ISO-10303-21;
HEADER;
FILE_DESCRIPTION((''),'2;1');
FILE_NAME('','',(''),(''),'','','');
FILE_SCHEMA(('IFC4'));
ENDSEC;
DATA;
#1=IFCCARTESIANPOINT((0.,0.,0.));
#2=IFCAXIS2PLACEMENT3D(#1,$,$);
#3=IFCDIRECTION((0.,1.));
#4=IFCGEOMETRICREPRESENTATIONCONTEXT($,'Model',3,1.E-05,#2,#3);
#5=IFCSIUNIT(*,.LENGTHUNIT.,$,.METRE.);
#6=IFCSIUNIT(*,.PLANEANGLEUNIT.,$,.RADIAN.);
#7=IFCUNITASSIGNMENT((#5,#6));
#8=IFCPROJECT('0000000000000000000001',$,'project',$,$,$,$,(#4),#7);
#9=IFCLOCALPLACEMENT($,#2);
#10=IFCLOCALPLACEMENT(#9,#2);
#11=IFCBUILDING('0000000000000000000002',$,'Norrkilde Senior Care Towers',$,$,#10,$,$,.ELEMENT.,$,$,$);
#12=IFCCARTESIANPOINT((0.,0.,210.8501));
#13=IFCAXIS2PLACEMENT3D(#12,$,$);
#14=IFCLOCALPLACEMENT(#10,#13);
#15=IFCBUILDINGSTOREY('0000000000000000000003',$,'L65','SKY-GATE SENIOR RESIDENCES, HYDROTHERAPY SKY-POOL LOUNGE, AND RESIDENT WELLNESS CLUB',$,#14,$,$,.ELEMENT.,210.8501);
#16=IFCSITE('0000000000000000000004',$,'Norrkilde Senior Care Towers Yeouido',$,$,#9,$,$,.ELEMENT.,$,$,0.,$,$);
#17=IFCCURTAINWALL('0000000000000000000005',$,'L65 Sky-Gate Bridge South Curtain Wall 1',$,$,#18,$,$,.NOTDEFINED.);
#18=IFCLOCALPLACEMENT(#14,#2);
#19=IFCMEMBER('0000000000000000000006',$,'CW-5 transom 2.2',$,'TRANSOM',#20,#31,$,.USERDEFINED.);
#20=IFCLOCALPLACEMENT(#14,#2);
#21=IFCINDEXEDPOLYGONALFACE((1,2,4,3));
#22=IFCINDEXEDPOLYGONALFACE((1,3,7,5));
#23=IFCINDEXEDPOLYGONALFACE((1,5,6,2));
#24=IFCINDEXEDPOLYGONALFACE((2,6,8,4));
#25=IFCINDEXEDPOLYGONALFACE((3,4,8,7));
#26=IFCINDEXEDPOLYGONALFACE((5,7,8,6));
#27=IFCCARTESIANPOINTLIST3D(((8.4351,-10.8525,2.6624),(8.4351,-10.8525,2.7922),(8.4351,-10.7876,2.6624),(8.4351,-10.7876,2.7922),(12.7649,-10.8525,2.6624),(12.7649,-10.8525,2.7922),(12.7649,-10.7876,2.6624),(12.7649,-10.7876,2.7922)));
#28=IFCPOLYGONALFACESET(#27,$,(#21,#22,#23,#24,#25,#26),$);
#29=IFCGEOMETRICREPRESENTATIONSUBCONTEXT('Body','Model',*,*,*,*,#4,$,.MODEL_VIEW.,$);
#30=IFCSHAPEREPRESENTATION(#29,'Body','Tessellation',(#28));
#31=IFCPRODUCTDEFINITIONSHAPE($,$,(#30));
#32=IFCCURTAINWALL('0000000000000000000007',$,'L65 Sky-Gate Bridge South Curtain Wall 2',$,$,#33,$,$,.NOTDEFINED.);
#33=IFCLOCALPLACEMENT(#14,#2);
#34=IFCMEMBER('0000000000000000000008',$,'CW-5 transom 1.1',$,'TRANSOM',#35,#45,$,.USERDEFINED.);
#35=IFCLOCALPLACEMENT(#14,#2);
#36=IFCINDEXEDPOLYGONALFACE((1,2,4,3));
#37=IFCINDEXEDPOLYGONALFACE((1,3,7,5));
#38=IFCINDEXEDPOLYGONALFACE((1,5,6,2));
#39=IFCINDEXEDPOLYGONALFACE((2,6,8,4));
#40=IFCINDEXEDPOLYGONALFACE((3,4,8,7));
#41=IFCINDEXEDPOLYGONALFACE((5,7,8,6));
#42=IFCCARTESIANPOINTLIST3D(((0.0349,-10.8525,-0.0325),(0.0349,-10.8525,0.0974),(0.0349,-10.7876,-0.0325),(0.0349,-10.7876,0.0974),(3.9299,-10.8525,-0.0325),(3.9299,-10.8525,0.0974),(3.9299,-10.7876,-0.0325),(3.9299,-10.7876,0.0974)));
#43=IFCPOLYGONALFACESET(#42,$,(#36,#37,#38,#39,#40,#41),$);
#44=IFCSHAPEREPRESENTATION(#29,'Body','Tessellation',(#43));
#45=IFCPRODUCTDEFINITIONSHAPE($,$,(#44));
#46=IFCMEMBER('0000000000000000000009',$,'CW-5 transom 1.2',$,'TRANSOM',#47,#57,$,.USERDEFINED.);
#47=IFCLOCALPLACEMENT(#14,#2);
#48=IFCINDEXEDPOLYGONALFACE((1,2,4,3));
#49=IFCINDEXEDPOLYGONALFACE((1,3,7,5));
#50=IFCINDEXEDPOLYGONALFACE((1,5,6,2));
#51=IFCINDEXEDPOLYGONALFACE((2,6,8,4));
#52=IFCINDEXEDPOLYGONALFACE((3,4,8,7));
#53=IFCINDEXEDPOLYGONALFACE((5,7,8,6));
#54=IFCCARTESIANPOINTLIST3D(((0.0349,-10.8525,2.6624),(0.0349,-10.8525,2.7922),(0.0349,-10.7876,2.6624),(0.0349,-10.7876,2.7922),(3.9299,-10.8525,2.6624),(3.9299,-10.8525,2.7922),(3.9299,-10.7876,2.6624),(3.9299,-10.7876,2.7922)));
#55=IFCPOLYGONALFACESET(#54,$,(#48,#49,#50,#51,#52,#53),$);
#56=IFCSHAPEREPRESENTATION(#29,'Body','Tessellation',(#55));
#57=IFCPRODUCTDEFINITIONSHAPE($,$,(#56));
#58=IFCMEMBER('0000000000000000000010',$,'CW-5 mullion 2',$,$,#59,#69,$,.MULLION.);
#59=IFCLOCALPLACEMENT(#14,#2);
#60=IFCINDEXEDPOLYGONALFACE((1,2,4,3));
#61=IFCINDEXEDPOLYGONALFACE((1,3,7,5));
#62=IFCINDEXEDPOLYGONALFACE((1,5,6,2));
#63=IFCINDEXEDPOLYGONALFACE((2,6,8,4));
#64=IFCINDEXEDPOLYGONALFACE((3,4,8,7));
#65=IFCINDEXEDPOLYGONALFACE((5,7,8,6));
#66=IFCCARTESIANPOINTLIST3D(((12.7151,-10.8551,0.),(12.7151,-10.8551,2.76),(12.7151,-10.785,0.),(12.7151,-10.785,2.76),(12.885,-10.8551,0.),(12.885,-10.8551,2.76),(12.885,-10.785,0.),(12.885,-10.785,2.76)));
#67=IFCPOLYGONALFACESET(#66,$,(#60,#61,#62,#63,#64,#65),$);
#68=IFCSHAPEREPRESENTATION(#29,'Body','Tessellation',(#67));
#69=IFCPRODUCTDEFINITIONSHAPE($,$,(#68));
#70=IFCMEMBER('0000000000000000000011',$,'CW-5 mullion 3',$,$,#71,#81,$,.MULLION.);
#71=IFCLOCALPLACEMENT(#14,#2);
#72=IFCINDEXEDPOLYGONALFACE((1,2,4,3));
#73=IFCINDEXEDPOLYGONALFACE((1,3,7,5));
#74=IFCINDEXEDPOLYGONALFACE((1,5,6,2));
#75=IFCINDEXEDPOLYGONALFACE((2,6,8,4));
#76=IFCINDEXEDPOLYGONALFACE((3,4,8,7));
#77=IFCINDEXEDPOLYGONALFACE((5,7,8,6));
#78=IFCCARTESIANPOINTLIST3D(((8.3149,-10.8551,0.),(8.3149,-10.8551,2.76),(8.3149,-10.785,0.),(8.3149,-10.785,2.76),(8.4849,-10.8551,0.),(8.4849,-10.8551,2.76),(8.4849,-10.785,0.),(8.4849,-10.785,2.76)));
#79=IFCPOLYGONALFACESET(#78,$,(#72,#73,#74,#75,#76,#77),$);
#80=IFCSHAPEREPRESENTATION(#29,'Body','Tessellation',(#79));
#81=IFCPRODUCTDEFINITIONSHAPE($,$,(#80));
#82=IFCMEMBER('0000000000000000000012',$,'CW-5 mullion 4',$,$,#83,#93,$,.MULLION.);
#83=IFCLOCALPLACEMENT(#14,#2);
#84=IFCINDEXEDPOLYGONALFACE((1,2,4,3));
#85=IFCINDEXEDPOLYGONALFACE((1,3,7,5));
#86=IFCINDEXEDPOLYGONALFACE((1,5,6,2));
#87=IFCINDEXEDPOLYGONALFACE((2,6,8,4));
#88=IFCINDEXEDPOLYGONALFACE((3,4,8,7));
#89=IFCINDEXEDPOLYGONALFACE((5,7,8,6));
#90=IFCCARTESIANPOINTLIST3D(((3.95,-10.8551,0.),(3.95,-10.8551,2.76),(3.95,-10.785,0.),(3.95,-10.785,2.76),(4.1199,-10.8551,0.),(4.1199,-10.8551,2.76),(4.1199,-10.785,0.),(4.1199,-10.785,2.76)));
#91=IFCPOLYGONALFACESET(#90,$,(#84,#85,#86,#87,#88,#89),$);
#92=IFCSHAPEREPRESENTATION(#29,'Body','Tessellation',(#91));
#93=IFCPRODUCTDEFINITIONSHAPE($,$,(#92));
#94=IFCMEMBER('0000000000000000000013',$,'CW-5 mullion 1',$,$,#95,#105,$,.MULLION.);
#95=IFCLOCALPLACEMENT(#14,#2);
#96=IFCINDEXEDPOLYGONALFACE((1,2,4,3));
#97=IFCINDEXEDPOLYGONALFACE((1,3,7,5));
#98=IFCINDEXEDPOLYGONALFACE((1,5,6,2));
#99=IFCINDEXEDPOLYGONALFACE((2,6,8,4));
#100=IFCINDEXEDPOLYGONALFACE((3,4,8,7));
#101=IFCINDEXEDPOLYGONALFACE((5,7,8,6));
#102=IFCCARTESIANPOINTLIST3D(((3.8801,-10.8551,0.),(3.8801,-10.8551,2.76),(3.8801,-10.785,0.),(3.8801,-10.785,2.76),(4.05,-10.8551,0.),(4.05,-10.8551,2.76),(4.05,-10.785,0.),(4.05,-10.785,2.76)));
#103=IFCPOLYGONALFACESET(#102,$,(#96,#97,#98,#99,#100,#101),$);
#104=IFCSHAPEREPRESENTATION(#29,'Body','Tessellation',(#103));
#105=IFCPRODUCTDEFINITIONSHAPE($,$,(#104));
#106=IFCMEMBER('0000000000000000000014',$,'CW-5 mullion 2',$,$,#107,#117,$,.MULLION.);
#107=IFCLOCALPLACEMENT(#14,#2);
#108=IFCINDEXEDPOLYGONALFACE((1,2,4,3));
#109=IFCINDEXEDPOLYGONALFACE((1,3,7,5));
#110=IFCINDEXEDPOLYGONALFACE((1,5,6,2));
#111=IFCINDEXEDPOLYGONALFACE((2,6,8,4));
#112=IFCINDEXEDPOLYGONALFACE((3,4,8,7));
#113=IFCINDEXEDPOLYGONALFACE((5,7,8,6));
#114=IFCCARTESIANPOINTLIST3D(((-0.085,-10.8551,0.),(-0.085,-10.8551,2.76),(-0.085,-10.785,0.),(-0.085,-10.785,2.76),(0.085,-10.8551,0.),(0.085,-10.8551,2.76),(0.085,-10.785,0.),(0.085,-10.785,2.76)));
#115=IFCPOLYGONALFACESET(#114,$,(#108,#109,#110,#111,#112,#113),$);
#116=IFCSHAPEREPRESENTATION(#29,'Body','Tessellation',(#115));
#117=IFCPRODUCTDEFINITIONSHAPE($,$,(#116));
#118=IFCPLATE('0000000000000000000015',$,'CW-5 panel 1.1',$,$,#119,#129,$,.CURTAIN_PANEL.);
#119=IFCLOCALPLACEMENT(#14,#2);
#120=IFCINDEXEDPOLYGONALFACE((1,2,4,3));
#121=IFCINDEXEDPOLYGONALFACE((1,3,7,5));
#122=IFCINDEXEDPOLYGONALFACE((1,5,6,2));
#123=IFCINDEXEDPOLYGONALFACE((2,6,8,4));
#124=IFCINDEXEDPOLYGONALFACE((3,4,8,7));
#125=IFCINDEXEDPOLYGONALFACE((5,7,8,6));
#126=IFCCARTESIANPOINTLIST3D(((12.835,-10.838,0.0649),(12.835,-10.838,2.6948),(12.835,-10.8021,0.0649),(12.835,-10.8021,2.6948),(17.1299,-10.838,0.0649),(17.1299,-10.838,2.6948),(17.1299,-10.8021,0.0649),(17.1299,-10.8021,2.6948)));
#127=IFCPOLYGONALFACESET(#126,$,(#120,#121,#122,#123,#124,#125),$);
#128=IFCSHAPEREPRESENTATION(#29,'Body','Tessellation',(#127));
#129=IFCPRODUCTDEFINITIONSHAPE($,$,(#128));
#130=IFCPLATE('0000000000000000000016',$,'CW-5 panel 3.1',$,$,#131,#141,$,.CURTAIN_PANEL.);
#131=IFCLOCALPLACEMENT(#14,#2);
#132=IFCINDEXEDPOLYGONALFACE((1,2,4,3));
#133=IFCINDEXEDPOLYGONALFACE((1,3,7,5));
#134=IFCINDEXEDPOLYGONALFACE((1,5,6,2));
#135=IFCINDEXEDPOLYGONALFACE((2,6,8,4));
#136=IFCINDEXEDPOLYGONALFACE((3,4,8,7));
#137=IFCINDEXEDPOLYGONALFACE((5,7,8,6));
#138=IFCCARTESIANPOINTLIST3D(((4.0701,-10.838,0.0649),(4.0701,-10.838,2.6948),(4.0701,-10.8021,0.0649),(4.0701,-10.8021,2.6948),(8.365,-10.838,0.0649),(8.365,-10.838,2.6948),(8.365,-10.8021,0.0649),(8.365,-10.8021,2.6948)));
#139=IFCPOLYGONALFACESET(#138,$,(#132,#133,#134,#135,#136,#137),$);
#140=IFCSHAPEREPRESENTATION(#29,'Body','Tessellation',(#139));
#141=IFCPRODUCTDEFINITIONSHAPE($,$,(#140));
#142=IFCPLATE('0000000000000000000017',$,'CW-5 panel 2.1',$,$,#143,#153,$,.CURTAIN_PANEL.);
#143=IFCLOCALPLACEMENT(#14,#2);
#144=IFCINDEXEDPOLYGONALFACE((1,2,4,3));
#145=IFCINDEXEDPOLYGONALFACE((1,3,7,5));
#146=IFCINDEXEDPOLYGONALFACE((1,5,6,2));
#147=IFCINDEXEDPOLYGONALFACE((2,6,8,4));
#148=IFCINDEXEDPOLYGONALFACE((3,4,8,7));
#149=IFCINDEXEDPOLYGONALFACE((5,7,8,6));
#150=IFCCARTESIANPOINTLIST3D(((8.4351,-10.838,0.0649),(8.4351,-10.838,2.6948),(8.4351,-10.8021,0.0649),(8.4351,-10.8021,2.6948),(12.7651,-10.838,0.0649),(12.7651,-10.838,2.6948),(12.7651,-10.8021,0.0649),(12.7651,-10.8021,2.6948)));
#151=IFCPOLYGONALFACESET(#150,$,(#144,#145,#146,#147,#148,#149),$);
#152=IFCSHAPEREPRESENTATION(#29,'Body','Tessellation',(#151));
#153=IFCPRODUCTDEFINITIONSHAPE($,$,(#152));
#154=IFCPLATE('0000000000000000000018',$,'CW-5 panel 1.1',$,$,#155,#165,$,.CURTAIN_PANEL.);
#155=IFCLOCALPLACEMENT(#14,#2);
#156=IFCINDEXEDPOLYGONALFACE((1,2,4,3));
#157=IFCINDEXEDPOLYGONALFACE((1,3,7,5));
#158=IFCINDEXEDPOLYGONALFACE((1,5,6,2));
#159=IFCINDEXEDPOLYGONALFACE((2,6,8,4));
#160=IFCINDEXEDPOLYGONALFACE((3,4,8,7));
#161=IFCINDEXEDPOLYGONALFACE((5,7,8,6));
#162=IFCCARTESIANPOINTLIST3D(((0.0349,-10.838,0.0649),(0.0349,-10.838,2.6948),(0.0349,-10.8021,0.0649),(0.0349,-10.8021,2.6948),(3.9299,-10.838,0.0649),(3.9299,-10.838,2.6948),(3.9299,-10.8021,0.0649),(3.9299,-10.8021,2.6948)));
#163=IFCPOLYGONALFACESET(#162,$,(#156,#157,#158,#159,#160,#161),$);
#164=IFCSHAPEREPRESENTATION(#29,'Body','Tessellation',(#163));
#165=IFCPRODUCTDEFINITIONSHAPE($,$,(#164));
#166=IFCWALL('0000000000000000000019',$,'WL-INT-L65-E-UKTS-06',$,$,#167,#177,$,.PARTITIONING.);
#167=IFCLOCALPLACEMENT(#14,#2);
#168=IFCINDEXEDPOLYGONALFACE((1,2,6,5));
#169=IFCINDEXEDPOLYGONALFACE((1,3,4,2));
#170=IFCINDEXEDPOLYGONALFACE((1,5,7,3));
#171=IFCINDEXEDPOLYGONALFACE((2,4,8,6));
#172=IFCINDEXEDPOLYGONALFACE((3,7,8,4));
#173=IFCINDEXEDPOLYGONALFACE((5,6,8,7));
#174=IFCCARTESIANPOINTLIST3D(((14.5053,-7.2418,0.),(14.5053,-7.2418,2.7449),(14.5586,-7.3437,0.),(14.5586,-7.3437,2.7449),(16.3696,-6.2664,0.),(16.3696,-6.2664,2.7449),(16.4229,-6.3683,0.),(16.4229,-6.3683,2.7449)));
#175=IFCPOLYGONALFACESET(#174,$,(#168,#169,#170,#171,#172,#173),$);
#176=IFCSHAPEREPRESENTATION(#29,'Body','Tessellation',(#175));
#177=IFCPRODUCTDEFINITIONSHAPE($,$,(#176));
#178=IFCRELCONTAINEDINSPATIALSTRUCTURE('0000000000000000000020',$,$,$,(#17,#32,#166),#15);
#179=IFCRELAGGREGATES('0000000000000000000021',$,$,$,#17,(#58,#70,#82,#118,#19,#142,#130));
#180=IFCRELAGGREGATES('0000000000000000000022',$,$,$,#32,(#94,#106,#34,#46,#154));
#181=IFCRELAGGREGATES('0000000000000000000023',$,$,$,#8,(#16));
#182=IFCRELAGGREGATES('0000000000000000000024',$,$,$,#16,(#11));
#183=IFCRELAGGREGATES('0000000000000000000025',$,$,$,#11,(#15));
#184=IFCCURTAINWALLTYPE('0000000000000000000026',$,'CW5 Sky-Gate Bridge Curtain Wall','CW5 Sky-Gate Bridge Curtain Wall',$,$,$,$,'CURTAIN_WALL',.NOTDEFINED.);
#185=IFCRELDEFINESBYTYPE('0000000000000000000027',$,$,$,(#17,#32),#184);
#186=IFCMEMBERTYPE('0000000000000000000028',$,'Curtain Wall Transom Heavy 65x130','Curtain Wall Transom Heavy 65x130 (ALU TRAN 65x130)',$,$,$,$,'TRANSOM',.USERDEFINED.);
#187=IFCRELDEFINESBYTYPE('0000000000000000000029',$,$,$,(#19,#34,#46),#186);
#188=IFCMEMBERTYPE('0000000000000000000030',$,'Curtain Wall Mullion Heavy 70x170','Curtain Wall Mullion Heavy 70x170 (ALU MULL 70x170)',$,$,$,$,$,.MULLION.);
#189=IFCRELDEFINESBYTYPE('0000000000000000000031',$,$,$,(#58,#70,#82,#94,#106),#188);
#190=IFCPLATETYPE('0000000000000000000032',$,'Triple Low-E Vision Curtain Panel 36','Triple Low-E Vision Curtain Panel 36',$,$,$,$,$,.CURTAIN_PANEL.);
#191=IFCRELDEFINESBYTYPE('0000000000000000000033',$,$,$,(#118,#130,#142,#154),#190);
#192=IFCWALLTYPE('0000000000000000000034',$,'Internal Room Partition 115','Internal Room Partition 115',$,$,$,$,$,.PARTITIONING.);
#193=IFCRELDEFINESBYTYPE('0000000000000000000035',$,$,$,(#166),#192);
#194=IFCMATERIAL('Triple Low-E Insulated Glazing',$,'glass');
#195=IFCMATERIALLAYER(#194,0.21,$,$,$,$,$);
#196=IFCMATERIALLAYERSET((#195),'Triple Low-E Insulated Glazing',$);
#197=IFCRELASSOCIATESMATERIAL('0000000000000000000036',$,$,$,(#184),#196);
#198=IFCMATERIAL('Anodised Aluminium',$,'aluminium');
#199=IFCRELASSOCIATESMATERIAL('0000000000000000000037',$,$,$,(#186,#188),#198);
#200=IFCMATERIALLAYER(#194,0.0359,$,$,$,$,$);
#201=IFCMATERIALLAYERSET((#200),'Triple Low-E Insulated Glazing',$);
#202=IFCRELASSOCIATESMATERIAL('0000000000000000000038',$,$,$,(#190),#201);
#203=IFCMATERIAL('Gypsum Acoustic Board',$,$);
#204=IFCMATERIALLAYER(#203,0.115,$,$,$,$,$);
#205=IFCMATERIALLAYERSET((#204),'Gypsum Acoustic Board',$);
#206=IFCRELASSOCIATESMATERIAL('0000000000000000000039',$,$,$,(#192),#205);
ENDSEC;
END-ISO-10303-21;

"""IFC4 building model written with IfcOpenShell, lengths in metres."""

from ifc_helpers import new_model, si_unit, direction, frame, frame_2d, origin, origin_2d, place, context, subcontext, project, spatial, rectangle, extrude, source, transform, mapped, material, layer, layer_set, material_profile, profile_set, type_object, type_shapes, element, aggregate, save


model = new_model("IFC4")

# Units and contexts
model_context = context("Model", 3, precision=1e-05, world=origin(), true_north=direction((0.0, 1.0)))
body_context = subcontext(model_context, "Body", "Model", "MODEL_VIEW")
ifc_project = project(units=[si_unit("LENGTHUNIT", "METRE"), si_unit("PLANEANGLEUNIT", "RADIAN")], contexts=[model_context])

# Site, building, storey
site_placement = place(None, origin())
site = spatial("IfcSite", under=ifc_project, at=site_placement, Name="Norrkilde Senior Care Towers Yeouido", CompositionType="ELEMENT", RefElevation=0.0)
building_placement = place(site_placement, origin())
building = spatial("IfcBuilding", under=site, at=building_placement, Name="Norrkilde Senior Care Towers", CompositionType="ELEMENT")
storey_placement = place(building_placement, frame((0.0, 0.0, 210.8501)))
storey = spatial("IfcBuildingStorey", under=building, at=storey_placement, Name="L65", Description="SKY-GATE SENIOR RESIDENCES, HYDROTHERAPY SKY-POOL LOUNGE, AND RESIDENT WELLNESS CLUB", CompositionType="ELEMENT", Elevation=210.8501)

# Curtain walls, members
ifc_material_1 = material(Name="Triple Low-E Insulated Glazing", Category="glass")
ifc_layer_1 = layer(ifc_material_1, 0.21)
ifc_layer_set_1 = layer_set([ifc_layer_1], Name="Triple Low-E Insulated Glazing")
curtain_wall_type = type_object("IfcCurtainWallType", Name="CW5 Sky-Gate Bridge Curtain Wall", Description="CW5 Sky-Gate Bridge Curtain Wall", ElementType="CURTAIN_WALL", PredefinedType="NOTDEFINED", material=ifc_layer_set_1)
curtain_wall_1_placement = place(storey_placement, origin())
curtain_wall_1 = element("IfcCurtainWall", 1, at=curtain_wall_1_placement, inside=storey, type_object=curtain_wall_type, Name="L65 Sky-Gate Bridge South Curtain Wall 1", PredefinedType="NOTDEFINED")
ifc_material_2 = material(Name="Anodised Aluminium", Category="aluminium")
ifc_material_profile_1 = material_profile(ifc_material_2, rectangle(XDim=0.0649, YDim=0.1299, at=origin_2d()), Name="ALU TRAN 65x130")
ifc_profile_set_1 = profile_set([ifc_material_profile_1], Name="Anodised Aluminium")
member_type_1 = type_object("IfcMemberType", Name="Curtain Wall Transom Heavy 65x130", Description="Curtain Wall Transom Heavy 65x130 (ALU TRAN 65x130)", ElementType="TRANSOM", PredefinedType="USERDEFINED", material=ifc_profile_set_1)
shared_shape_1 = source(origin(), body_context, "Body", "SweptSolid", [
    extrude(rectangle(XDim=0.0649, YDim=0.1299, at=origin_2d()), origin(), (0.0, 0.0, 1.0), 4.3298),
])
member_1_placement = place(storey_placement, frame((12.7649, -10.8201, 2.7273), z_axis=(-1.0, 0.0, 0.0), x_axis=(0.0, -1.0, 0.0)))
member_1 = element("IfcMember", 2, at=member_1_placement, type_object=member_type_1, Name="CW-5 transom 2.2", ObjectType="TRANSOM", PredefinedType="USERDEFINED", context=body_context, shape_type="MappedRepresentation", body=[
    mapped(shared_shape_1, transform((0.0, 0.0, 0.0), x_axis=(1.0, 0.0, 0.0), y_axis=(0.0, 1.0, 0.0), z_axis=(0.0, 0.0, 1.0), scale=1.0)),
])
curtain_wall_2_placement = place(storey_placement, origin())
curtain_wall_2 = element("IfcCurtainWall", 3, at=curtain_wall_2_placement, inside=storey, type_object=curtain_wall_type, Name="L65 Sky-Gate Bridge South Curtain Wall 2", PredefinedType="NOTDEFINED")
shared_shape_2 = source(origin(), body_context, "Body", "SweptSolid", [
    extrude(rectangle(XDim=0.0649, YDim=0.1299, at=origin_2d()), origin(), (0.0, 0.0, 1.0), 3.895),
])
member_2_placement = place(storey_placement, frame((3.9299, -10.8201, 0.0325), z_axis=(-1.0, 0.0, 0.0), x_axis=(0.0, -1.0, 0.0)))
member_2 = element("IfcMember", 4, at=member_2_placement, type_object=member_type_1, Name="CW-5 transom 1.1", ObjectType="TRANSOM", PredefinedType="USERDEFINED", context=body_context, shape_type="MappedRepresentation", body=[
    mapped(shared_shape_2, transform((0.0, 0.0, 0.0), x_axis=(1.0, 0.0, 0.0), y_axis=(0.0, 1.0, 0.0), z_axis=(0.0, 0.0, 1.0), scale=1.0)),
])
member_3_placement = place(storey_placement, frame((3.9299, -10.8201, 2.7273), z_axis=(-1.0, 0.0, 0.0), x_axis=(0.0, -1.0, 0.0)))
member_3 = element("IfcMember", 5, at=member_3_placement, type_object=member_type_1, Name="CW-5 transom 1.2", ObjectType="TRANSOM", PredefinedType="USERDEFINED", context=body_context, shape_type="MappedRepresentation", body=[
    mapped(shared_shape_2, transform((0.0, 0.0, 0.0), x_axis=(1.0, 0.0, 0.0), y_axis=(0.0, 1.0, 0.0), z_axis=(0.0, 0.0, 1.0), scale=1.0)),
])

# Members
ifc_material_profile_2 = material_profile(ifc_material_2, rectangle(XDim=0.0701, YDim=0.1699, at=origin_2d()), Name="ALU MULL 70x170")
ifc_profile_set_2 = profile_set([ifc_material_profile_2], Name="Anodised Aluminium")
member_type_2 = type_object("IfcMemberType", Name="Curtain Wall Mullion Heavy 70x170", Description="Curtain Wall Mullion Heavy 70x170 (ALU MULL 70x170)", PredefinedType="MULLION", material=ifc_profile_set_2)
shared_shape_3 = source(origin(), body_context, "Body", "SweptSolid", [
    extrude(rectangle(XDim=0.0701, YDim=0.1699, at=origin_2d()), origin(), (0.0, 0.0, 1.0), 2.76),
])
type_shapes(member_type_2, [shared_shape_3])
member_4_placement = place(storey_placement, frame((12.8, -10.8201, 0.0), z_axis=(0.0, 0.0, 1.0), x_axis=(0.0, -1.0, 0.0)))
member_4 = element("IfcMember", 6, at=member_4_placement, type_object=member_type_2, Name="CW-5 mullion 2", PredefinedType="MULLION", context=body_context, shape_type="MappedRepresentation", body=[
    mapped(shared_shape_3, transform((0.0, 0.0, 0.0), x_axis=(1.0, 0.0, 0.0), y_axis=(0.0, 1.0, 0.0), z_axis=(0.0, 0.0, 1.0), scale=1.0)),
])
member_5_placement = place(storey_placement, frame((8.3999, -10.8201, 0.0), z_axis=(0.0, 0.0, 1.0), x_axis=(0.0, -1.0, 0.0)))
member_5 = element("IfcMember", 7, at=member_5_placement, type_object=member_type_2, Name="CW-5 mullion 3", PredefinedType="MULLION", context=body_context, shape_type="MappedRepresentation", body=[
    mapped(shared_shape_3, transform((0.0, 0.0, 0.0), x_axis=(1.0, 0.0, 0.0), y_axis=(0.0, 1.0, 0.0), z_axis=(0.0, 0.0, 1.0), scale=1.0)),
])
member_6_placement = place(storey_placement, frame((4.0349, -10.8201, 0.0), z_axis=(0.0, 0.0, 1.0), x_axis=(0.0, -1.0, 0.0)))
member_6 = element("IfcMember", 8, at=member_6_placement, type_object=member_type_2, Name="CW-5 mullion 4", PredefinedType="MULLION", context=body_context, shape_type="MappedRepresentation", body=[
    mapped(shared_shape_3, transform((0.0, 0.0, 0.0), x_axis=(1.0, 0.0, 0.0), y_axis=(0.0, 1.0, 0.0), z_axis=(0.0, 0.0, 1.0), scale=1.0)),
])
member_7_placement = place(storey_placement, frame((3.9651, -10.8201, 0.0), z_axis=(0.0, 0.0, 1.0), x_axis=(0.0, -1.0, 0.0)))
member_7 = element("IfcMember", 9, at=member_7_placement, type_object=member_type_2, Name="CW-5 mullion 1", PredefinedType="MULLION", context=body_context, shape_type="MappedRepresentation", body=[
    mapped(shared_shape_3, transform((0.0, 0.0, 0.0), x_axis=(1.0, 0.0, 0.0), y_axis=(0.0, 1.0, 0.0), z_axis=(0.0, 0.0, 1.0), scale=1.0)),
])
member_8_placement = place(storey_placement, frame((0.0, -10.8201, 0.0), z_axis=(0.0, 0.0, 1.0), x_axis=(0.0, -1.0, 0.0)))
member_8 = element("IfcMember", 10, at=member_8_placement, type_object=member_type_2, Name="CW-5 mullion 2", PredefinedType="MULLION", context=body_context, shape_type="MappedRepresentation", body=[
    mapped(shared_shape_3, transform((0.0, 0.0, 0.0), x_axis=(1.0, 0.0, 0.0), y_axis=(0.0, 1.0, 0.0), z_axis=(0.0, 0.0, 1.0), scale=1.0)),
])

# Plates
ifc_layer_2 = layer(ifc_material_1, 0.0359)
ifc_layer_set_2 = layer_set([ifc_layer_2], Name="Triple Low-E Insulated Glazing")
plate_type = type_object("IfcPlateType", Name="Triple Low-E Vision Curtain Panel 36", Description="Triple Low-E Vision Curtain Panel 36", PredefinedType="CURTAIN_PANEL", material=ifc_layer_set_2)
shared_shape_4 = source(origin(), body_context, "Body", "SweptSolid", [
    extrude(rectangle(XDim=4.2949, YDim=0.0359, at=origin_2d()), origin(), (0.0, 0.0, 1.0), 2.6299),
])
plate_1_placement = place(storey_placement, frame((14.9824, -10.8201, 0.0649), z_axis=(0.0, 0.0, 1.0), x_axis=(-1.0, 0.0, 0.0)))
plate_1 = element("IfcPlate", 11, at=plate_1_placement, type_object=plate_type, Name="CW-5 panel 1.1", PredefinedType="CURTAIN_PANEL", context=body_context, shape_type="MappedRepresentation", body=[
    mapped(shared_shape_4, transform((0.0, 0.0, 0.0), x_axis=(1.0, 0.0, 0.0), y_axis=(0.0, 1.0, 0.0), z_axis=(0.0, 0.0, 1.0), scale=1.0)),
])
plate_2_placement = place(storey_placement, frame((6.2175, -10.8201, 0.0649), z_axis=(0.0, 0.0, 1.0), x_axis=(-1.0, 0.0, 0.0)))
plate_2 = element("IfcPlate", 12, at=plate_2_placement, type_object=plate_type, Name="CW-5 panel 3.1", PredefinedType="CURTAIN_PANEL", context=body_context, shape_type="MappedRepresentation", body=[
    mapped(shared_shape_4, transform((0.0, 0.0, 0.0), x_axis=(1.0, 0.0, 0.0), y_axis=(0.0, 1.0, 0.0), z_axis=(0.0, 0.0, 1.0), scale=1.0)),
])
shared_shape_5 = source(origin(), body_context, "Body", "SweptSolid", [
    extrude(rectangle(XDim=4.3301, YDim=0.0359, at=origin_2d()), origin(), (0.0, 0.0, 1.0), 2.6299),
])
plate_3_placement = place(storey_placement, frame((10.6001, -10.8201, 0.0649), z_axis=(0.0, 0.0, 1.0), x_axis=(-1.0, 0.0, 0.0)))
plate_3 = element("IfcPlate", 13, at=plate_3_placement, type_object=plate_type, Name="CW-5 panel 2.1", PredefinedType="CURTAIN_PANEL", context=body_context, shape_type="MappedRepresentation", body=[
    mapped(shared_shape_5, transform((0.0, 0.0, 0.0), x_axis=(1.0, 0.0, 0.0), y_axis=(0.0, 1.0, 0.0), z_axis=(0.0, 0.0, 1.0), scale=1.0)),
])
aggregate(curtain_wall_1, [member_4, member_5, member_6, plate_1, member_1, plate_3, plate_2])
shared_shape_6 = source(origin(), body_context, "Body", "SweptSolid", [
    extrude(rectangle(XDim=3.895, YDim=0.0359, at=origin_2d()), origin(), (0.0, 0.0, 1.0), 2.6299),
])
type_shapes(plate_type, [shared_shape_4, shared_shape_5, shared_shape_6])
plate_4_placement = place(storey_placement, frame((1.9824, -10.8201, 0.0649), z_axis=(0.0, 0.0, 1.0), x_axis=(-1.0, 0.0, 0.0)))
plate_4 = element("IfcPlate", 14, at=plate_4_placement, type_object=plate_type, Name="CW-5 panel 1.1", PredefinedType="CURTAIN_PANEL", context=body_context, shape_type="MappedRepresentation", body=[
    mapped(shared_shape_6, transform((0.0, 0.0, 0.0), x_axis=(1.0, 0.0, 0.0), y_axis=(0.0, 1.0, 0.0), z_axis=(0.0, 0.0, 1.0), scale=1.0)),
])
aggregate(curtain_wall_2, [member_7, member_8, member_2, member_3, plate_4])

# Wall
ifc_material_3 = material(Name="Gypsum Acoustic Board")
ifc_layer_3 = layer(ifc_material_3, 0.115)
ifc_layer_set_3 = layer_set([ifc_layer_3], Name="Gypsum Acoustic Board")
wall_type_1 = type_object("IfcWallType", Name="Internal Room Partition 115", Description="Internal Room Partition 115", PredefinedType="PARTITIONING", material=ifc_layer_set_3)
shared_shape_7 = source(origin(), body_context, "Body", "SweptSolid", [
    extrude(rectangle(XDim=2.104, YDim=0.115, at=frame_2d((1.052, 0.0))), origin(), (0.0, 0.0, 1.0), 2.7449),
])
type_shapes(wall_type_1, [shared_shape_7])
wall_1_placement = place(storey_placement, frame((16.3962, -6.3174, 0.0), z_axis=(0.0, 0.0, 1.0), x_axis=(-0.886061, -0.463569, 0.0)))
element("IfcWall", 15, at=wall_1_placement, inside=storey, type_object=wall_type_1, Name="WL-INT-L65-E-UKTS-06", PredefinedType="PARTITIONING", context=body_context, shape_type="MappedRepresentation", body=[
    mapped(shared_shape_7, transform((0.0, 0.0, 0.0), x_axis=(1.0, 0.0, 0.0), y_axis=(0.0, 1.0, 0.0), z_axis=(0.0, 0.0, 1.0), scale=1.0)),
])

save(model, "model.ifc")
